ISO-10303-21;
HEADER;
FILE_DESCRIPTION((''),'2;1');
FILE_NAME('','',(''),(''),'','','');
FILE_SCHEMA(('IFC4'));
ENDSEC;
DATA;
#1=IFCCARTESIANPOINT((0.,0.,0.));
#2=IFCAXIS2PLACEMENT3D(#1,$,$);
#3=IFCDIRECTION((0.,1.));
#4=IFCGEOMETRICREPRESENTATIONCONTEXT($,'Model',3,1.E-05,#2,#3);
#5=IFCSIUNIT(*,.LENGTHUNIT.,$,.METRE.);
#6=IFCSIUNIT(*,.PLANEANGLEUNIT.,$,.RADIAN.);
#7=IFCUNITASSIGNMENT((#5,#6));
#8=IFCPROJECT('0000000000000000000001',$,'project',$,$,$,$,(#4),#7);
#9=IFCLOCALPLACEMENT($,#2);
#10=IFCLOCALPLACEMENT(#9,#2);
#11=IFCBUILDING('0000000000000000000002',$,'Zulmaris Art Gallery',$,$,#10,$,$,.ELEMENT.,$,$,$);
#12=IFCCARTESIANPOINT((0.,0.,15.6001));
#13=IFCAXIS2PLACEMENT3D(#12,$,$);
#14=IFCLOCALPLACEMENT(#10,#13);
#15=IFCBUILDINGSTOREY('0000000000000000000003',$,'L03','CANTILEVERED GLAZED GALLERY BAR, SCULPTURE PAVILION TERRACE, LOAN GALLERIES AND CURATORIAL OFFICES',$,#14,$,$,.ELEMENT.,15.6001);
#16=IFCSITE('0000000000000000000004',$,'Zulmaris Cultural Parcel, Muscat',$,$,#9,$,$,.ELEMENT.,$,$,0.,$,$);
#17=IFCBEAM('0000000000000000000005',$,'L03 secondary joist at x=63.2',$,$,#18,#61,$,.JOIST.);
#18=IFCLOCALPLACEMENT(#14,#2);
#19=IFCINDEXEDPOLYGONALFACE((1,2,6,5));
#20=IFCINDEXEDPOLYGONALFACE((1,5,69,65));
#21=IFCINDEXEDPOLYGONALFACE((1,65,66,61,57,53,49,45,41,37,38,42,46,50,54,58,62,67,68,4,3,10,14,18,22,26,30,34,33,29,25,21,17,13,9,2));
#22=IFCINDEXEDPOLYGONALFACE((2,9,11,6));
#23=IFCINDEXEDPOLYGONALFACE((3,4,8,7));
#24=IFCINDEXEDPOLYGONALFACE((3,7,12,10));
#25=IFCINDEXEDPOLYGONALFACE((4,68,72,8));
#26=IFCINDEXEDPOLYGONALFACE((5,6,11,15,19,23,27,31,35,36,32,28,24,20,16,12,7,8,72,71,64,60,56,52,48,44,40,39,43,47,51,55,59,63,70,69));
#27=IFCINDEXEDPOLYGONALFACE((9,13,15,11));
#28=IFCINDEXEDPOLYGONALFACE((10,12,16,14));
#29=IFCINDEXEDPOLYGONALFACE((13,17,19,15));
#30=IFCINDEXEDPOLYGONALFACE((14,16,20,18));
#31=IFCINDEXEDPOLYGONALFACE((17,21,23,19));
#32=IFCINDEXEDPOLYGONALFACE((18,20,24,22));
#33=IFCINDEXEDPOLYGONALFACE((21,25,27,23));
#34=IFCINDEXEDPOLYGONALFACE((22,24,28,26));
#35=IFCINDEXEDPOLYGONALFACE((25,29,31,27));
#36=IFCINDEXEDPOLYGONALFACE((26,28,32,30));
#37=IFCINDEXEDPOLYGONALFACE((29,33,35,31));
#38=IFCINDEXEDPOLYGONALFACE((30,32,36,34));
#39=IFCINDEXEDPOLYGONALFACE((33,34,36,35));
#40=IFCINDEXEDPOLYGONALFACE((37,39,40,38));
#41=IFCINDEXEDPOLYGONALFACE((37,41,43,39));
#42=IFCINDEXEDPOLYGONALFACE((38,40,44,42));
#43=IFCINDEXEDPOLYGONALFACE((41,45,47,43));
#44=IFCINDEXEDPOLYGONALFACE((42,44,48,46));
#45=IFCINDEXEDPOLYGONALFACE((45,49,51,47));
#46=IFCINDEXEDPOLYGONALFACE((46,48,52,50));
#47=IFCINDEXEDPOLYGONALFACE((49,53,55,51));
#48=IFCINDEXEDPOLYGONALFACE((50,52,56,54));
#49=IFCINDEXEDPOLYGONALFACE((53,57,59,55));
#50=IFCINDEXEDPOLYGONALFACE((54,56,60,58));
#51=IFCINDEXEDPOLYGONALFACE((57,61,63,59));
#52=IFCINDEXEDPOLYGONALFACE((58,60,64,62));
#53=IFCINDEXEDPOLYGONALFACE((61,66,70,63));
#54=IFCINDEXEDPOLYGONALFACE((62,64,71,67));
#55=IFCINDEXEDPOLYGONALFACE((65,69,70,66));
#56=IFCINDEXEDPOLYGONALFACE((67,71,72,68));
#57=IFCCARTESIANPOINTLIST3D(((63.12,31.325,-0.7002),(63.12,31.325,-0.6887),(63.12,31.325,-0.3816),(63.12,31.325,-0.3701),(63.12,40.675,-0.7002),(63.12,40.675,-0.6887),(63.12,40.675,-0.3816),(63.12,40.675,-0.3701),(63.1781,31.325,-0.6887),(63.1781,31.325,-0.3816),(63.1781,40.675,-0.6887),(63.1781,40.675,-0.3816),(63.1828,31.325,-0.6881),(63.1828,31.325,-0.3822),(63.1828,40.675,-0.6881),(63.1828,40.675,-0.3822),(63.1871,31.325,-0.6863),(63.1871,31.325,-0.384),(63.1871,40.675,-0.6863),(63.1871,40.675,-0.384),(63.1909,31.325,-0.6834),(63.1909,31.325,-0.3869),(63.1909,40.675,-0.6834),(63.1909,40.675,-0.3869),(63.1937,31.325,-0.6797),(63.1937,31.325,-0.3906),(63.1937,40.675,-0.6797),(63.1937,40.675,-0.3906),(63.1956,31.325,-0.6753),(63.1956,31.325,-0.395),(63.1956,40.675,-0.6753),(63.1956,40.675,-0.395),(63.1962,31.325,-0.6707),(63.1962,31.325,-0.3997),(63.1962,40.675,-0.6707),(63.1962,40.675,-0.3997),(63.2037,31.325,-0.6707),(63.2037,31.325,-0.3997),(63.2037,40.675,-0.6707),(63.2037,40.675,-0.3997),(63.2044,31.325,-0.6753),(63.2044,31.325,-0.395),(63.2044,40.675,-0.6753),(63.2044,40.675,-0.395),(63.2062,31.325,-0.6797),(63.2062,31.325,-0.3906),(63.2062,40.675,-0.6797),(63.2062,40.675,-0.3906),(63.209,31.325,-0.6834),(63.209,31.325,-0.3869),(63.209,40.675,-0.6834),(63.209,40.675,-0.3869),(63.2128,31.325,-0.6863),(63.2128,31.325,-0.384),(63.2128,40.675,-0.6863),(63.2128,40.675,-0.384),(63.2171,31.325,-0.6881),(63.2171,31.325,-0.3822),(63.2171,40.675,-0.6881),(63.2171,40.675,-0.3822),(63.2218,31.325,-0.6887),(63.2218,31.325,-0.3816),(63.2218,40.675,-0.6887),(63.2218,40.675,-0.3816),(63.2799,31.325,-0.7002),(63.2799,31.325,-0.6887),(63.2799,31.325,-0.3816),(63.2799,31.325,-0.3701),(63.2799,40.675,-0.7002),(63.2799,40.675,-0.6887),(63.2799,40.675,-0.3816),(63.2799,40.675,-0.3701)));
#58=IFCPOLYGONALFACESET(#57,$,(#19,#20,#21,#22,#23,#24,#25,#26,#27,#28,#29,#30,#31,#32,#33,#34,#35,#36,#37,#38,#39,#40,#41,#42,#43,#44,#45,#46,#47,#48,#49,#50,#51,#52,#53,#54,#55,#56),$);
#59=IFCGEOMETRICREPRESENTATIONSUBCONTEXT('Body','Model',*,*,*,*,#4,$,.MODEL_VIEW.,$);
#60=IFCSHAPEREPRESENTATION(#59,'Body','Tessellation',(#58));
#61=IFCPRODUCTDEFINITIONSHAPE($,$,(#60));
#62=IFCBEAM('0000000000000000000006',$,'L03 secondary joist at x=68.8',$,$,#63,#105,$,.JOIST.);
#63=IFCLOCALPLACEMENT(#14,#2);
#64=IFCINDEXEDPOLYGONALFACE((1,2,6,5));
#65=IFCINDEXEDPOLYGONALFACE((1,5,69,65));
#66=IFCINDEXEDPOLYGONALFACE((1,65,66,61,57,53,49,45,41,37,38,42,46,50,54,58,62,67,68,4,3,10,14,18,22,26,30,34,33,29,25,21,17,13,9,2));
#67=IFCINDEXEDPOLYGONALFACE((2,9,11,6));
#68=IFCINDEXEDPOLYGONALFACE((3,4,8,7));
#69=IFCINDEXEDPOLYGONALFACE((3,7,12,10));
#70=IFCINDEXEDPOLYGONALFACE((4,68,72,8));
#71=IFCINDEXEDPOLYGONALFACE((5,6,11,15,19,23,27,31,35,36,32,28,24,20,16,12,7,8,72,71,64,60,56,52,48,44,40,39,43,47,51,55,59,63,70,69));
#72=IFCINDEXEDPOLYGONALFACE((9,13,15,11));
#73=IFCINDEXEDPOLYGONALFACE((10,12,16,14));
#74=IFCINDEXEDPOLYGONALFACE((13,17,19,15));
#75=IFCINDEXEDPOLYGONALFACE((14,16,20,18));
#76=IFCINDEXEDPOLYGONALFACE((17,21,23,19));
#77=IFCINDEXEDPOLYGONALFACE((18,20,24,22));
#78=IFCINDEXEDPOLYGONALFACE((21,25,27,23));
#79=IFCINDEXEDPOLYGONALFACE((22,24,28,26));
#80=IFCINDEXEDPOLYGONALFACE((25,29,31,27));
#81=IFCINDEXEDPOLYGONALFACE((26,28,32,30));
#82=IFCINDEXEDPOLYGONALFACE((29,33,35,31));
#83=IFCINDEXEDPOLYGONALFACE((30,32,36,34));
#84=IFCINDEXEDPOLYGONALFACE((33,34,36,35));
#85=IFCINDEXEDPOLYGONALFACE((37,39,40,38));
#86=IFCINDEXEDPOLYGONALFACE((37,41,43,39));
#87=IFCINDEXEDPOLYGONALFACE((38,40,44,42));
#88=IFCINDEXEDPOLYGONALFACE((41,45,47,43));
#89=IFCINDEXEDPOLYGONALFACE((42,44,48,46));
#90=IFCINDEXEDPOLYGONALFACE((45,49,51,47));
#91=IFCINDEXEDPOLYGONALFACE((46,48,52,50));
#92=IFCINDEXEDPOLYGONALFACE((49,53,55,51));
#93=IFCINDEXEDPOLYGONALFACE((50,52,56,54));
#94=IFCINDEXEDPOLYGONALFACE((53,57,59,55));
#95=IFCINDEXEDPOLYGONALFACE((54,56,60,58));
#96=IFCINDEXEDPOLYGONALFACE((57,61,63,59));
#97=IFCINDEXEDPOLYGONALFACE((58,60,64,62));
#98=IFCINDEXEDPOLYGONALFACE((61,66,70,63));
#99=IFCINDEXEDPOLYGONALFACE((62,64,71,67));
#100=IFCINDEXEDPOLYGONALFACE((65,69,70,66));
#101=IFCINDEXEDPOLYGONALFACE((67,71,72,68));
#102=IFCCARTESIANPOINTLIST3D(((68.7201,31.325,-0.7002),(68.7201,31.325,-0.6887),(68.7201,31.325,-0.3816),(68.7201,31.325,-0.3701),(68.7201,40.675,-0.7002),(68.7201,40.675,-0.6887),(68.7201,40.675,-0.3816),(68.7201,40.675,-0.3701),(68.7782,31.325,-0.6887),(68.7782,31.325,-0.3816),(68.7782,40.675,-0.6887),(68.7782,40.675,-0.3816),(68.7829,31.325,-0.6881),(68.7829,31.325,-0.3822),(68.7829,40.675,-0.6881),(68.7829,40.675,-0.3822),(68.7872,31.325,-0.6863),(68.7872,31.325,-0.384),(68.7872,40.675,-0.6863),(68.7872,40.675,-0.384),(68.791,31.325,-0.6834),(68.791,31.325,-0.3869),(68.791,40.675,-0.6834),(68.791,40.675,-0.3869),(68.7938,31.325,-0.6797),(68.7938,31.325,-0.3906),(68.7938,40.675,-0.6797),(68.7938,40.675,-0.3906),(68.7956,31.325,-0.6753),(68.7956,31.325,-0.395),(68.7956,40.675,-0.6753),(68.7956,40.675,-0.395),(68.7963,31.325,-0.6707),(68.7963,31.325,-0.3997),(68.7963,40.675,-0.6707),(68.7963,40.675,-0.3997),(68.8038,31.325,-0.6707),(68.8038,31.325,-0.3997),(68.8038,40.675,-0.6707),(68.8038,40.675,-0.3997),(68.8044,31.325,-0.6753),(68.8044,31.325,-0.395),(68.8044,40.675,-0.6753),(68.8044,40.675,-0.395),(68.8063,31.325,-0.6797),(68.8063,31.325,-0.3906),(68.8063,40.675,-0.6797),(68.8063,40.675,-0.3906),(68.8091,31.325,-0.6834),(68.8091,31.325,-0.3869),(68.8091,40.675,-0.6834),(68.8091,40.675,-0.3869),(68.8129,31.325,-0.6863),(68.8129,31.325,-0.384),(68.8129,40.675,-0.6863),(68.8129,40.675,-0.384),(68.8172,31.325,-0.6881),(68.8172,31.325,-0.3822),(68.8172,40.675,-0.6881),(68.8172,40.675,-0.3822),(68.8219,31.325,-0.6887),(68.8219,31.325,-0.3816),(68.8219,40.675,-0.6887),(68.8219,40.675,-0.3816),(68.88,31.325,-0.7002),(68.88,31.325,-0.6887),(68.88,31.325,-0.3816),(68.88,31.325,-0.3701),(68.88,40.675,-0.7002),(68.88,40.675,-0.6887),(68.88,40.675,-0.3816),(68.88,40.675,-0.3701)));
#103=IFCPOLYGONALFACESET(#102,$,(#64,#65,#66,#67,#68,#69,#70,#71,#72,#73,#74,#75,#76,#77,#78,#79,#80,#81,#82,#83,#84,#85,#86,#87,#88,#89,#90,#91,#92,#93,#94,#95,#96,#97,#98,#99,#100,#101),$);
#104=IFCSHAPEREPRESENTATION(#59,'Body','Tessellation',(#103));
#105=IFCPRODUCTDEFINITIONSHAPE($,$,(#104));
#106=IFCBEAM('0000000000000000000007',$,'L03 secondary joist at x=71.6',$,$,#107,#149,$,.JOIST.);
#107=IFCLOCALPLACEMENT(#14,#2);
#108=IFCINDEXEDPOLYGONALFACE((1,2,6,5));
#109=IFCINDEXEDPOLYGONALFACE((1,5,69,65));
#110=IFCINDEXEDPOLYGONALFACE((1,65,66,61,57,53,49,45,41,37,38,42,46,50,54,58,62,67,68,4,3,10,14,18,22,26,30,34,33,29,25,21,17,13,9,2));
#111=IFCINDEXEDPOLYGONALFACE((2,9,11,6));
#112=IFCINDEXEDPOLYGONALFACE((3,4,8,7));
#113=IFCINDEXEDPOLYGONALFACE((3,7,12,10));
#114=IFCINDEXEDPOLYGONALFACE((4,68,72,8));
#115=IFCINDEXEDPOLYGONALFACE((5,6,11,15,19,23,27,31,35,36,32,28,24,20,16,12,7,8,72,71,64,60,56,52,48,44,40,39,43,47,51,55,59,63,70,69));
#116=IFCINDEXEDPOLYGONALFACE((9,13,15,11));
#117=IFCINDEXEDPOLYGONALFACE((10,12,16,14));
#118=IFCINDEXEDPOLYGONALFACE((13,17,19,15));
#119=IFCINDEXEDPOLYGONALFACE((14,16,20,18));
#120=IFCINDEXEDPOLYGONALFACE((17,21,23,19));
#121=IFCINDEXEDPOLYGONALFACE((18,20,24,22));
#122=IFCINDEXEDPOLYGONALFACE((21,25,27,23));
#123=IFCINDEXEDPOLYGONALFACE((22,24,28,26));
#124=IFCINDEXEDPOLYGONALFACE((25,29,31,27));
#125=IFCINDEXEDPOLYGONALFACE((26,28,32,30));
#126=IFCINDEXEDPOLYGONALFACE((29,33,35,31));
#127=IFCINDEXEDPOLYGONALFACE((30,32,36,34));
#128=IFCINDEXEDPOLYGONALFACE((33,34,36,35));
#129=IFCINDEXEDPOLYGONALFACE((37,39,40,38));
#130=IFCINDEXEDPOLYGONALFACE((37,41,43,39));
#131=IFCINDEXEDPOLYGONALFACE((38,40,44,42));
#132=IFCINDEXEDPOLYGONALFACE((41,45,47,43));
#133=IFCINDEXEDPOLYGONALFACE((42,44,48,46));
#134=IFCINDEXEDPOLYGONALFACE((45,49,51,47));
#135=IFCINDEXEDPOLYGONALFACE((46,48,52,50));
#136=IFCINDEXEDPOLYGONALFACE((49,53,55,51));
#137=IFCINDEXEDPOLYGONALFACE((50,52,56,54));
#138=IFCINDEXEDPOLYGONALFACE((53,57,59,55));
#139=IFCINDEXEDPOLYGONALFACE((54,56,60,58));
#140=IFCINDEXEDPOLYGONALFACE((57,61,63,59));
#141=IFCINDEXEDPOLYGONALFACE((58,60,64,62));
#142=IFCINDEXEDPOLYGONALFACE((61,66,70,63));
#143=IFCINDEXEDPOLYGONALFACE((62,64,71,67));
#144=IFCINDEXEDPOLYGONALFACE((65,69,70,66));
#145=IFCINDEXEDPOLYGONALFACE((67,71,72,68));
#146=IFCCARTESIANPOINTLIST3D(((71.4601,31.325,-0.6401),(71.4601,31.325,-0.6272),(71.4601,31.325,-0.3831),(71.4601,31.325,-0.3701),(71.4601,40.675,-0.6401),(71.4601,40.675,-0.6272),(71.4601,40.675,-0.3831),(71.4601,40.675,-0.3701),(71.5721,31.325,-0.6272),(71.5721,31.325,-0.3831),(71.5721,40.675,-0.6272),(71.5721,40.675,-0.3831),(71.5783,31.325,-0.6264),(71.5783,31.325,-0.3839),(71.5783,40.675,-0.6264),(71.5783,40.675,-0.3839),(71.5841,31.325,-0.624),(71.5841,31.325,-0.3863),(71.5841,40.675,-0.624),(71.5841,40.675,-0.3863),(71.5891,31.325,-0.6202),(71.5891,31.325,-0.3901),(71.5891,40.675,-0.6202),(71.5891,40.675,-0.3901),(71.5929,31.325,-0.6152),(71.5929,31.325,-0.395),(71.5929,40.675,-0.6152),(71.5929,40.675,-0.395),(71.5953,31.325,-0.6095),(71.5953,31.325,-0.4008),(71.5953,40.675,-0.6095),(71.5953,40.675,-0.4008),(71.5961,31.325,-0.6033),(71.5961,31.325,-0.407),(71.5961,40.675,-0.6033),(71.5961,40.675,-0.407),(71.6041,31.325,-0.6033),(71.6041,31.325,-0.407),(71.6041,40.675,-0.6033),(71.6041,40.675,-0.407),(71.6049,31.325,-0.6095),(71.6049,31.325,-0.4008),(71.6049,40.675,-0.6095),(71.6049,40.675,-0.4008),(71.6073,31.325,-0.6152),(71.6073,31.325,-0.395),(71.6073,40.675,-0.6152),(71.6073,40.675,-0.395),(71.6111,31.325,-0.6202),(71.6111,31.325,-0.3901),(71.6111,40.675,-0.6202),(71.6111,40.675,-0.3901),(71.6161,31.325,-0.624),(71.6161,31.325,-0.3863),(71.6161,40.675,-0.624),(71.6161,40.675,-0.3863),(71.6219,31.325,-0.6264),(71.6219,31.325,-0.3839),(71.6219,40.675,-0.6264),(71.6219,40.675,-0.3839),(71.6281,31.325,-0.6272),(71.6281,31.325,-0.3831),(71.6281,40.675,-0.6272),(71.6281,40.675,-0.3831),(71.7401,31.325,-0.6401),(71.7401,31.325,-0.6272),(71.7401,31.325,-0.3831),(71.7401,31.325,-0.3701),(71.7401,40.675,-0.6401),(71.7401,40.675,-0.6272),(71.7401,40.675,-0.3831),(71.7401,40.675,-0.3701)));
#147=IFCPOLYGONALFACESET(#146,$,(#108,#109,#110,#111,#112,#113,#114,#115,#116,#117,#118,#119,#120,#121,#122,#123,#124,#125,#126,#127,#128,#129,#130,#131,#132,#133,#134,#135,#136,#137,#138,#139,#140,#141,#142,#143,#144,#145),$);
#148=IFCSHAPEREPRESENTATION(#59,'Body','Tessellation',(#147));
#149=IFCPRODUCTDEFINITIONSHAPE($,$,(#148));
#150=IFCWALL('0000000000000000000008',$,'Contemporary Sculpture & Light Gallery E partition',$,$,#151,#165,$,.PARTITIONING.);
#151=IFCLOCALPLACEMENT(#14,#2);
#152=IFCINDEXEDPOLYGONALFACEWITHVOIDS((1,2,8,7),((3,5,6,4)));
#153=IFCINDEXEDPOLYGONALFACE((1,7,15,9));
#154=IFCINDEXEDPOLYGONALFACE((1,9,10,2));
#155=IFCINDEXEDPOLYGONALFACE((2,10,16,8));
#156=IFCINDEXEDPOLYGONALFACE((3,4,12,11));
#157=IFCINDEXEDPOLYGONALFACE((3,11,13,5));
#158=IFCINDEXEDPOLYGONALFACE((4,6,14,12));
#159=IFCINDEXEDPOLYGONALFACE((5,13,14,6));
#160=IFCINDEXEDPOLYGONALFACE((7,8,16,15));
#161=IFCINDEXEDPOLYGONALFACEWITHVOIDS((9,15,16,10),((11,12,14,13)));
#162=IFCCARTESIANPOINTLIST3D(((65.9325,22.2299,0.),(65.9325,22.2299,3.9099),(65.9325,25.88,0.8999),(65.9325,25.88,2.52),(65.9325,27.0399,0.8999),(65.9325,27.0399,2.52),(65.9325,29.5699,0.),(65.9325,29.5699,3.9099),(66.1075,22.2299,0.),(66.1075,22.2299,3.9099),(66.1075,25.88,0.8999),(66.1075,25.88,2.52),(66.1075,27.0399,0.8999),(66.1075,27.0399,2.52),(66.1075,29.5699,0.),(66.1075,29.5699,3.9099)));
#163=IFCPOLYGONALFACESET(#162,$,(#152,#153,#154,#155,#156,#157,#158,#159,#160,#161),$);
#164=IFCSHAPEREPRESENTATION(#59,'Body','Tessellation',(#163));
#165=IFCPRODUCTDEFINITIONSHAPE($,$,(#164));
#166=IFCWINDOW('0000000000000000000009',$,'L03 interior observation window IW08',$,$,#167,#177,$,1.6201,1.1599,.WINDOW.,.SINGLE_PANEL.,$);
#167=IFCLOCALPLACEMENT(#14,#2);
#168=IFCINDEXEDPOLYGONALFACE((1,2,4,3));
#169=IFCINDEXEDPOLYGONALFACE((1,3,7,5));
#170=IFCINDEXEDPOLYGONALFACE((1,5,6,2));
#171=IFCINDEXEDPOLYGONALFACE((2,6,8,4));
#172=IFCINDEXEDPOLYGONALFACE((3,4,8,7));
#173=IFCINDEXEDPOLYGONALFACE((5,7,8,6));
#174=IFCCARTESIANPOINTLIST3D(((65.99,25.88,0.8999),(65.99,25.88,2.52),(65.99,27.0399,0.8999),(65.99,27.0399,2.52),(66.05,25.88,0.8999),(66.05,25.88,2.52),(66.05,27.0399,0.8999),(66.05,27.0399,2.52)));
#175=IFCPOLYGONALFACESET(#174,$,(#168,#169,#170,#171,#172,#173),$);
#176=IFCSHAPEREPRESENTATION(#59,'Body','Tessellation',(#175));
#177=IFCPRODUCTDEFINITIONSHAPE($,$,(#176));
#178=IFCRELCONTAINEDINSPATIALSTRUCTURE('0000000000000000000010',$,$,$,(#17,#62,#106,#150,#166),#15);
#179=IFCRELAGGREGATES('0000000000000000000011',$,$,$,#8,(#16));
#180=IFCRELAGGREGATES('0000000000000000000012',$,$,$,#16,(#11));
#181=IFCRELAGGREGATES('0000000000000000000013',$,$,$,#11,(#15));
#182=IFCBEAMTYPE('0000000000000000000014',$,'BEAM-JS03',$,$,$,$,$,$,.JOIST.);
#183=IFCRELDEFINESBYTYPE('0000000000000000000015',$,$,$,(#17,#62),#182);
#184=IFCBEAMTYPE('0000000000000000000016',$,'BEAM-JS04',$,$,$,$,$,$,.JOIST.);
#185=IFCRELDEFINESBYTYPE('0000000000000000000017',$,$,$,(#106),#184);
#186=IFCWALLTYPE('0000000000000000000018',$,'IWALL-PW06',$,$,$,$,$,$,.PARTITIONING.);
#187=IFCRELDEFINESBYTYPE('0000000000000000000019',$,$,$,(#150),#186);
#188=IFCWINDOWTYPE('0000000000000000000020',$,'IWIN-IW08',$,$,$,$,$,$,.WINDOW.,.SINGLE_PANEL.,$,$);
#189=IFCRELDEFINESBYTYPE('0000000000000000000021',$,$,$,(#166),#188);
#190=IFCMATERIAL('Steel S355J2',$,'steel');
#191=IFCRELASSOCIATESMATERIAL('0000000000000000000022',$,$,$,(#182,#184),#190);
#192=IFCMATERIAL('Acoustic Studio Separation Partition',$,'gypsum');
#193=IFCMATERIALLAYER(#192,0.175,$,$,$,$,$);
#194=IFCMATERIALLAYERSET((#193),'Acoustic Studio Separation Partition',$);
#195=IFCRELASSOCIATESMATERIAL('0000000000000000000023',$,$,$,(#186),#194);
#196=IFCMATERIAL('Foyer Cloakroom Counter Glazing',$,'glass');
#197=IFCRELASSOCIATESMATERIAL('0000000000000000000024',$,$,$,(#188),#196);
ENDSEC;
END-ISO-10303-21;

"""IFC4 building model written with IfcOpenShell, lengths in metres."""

from ifc_helpers import new_model, si_unit, direction, frame, frame_2d, origin, origin_2d, place, context, subcontext, project, spatial, rectangle, i_section, extrude, material, layer, layer_set, material_profile, profile_set, type_object, element, fill, save


model = new_model("IFC4")

# Units and contexts
model_context = context("Model", 3, precision=1e-05, world=origin(), true_north=direction((0.0, 1.0)))
body_context = subcontext(model_context, "Body", "Model", "MODEL_VIEW")
ifc_project = project(units=[si_unit("LENGTHUNIT", "METRE"), si_unit("PLANEANGLEUNIT", "RADIAN")], contexts=[model_context])

# Site, building, storey
site_placement = place(None, origin())
site = spatial("IfcSite", under=ifc_project, at=site_placement, Name="Zulmaris Cultural Parcel, Muscat", CompositionType="ELEMENT", RefElevation=0.0)
building_placement = place(site_placement, origin())
building = spatial("IfcBuilding", under=site, at=building_placement, Name="Zulmaris Art Gallery", CompositionType="ELEMENT")
storey_placement = place(building_placement, frame((0.0, 0.0, 15.6001)))
storey = spatial("IfcBuildingStorey", under=building, at=storey_placement, Name="L03", Description="CANTILEVERED GLAZED GALLERY BAR, SCULPTURE PAVILION TERRACE, LOAN GALLERIES AND CURATORIAL OFFICES", CompositionType="ELEMENT", Elevation=15.6001)

# Beams
ifc_material_1 = material(Name="Steel S355J2", Category="steel")
ifc_material_profile_1 = material_profile(ifc_material_1, i_section(OverallWidth=0.1599, OverallDepth=0.3301, WebThickness=0.0076, FlangeThickness=0.0115, FilletRadius=0.0181, at=origin_2d()), Name="IPE 330")
ifc_profile_set_1 = profile_set([ifc_material_profile_1], Name="Steel S355J2")
beam_type_1 = type_object("IfcBeamType", Name="BEAM-JS03", PredefinedType="JOIST", material=ifc_profile_set_1)
for number, where, z_axis, x_axis, name in (
    (1, (63.2, 31.325, -0.5352), (0.0, 1.0, 0.0), (-1.0, 0.0, 0.0), "L03 secondary joist at x=63.2"),
    (2, (68.8, 31.325, -0.5352), (0.0, 1.0, 0.0), (-1.0, 0.0, 0.0), "L03 secondary joist at x=68.8"),
):
    element("IfcBeam", number, at=place(storey_placement, frame(where, z_axis=z_axis, x_axis=x_axis)), inside=storey, type_object=beam_type_1, Name=name, PredefinedType="JOIST", context=body_context, shape_type="SweptSolid", body=[
        extrude(i_section(OverallWidth=0.1599, OverallDepth=0.3301, WebThickness=0.0076, FlangeThickness=0.0115, FilletRadius=0.0181, at=origin_2d()), origin(), (0.0, 0.0, 1.0), 9.3501),
    ])
ifc_material_profile_2 = material_profile(ifc_material_1, i_section(OverallWidth=0.28, OverallDepth=0.27, WebThickness=0.0081, FlangeThickness=0.0129, FilletRadius=0.0239, at=origin_2d()), Name="HEA 280")
ifc_profile_set_2 = profile_set([ifc_material_profile_2], Name="Steel S355J2")
beam_type_2 = type_object("IfcBeamType", Name="BEAM-JS04", PredefinedType="JOIST", material=ifc_profile_set_2)
beam_1_placement = place(storey_placement, frame((71.6001, 31.325, -0.5051), z_axis=(0.0, 1.0, 0.0), x_axis=(-1.0, 0.0, 0.0)))
element("IfcBeam", 3, at=beam_1_placement, inside=storey, type_object=beam_type_2, Name="L03 secondary joist at x=71.6", PredefinedType="JOIST", context=body_context, shape_type="SweptSolid", body=[
    extrude(i_section(OverallWidth=0.28, OverallDepth=0.27, WebThickness=0.0081, FlangeThickness=0.0129, FilletRadius=0.0239, at=origin_2d()), origin(), (0.0, 0.0, 1.0), 9.3501),
])

# Wall, opening, window
ifc_material_2 = material(Name="Acoustic Studio Separation Partition", Category="gypsum")
ifc_layer_1 = layer(ifc_material_2, 0.175)
ifc_layer_set_1 = layer_set([ifc_layer_1], Name="Acoustic Studio Separation Partition")
wall_type_1 = type_object("IfcWallType", Name="IWALL-PW06", PredefinedType="PARTITIONING", material=ifc_layer_set_1)
wall_1_placement = place(storey_placement, frame((66.02, 22.23, 0.0), z_axis=(0.0, 0.0, 1.0), x_axis=(0.0, 1.0, 0.0)))
wall_1 = element("IfcWall", 4, at=wall_1_placement, inside=storey, type_object=wall_type_1, Name="Contemporary Sculpture & Light Gallery E partition", PredefinedType="PARTITIONING", context=body_context, shape_type="SweptSolid", body=[
    extrude(rectangle(XDim=7.3401, YDim=0.175, at=frame_2d((3.6699, 0.0))), origin(), (0.0, 0.0, 1.0), 3.9099),
])
opening_1_placement = place(wall_1_placement, frame((3.6499, 0.0, 0.8999)))
opening_1 = element("IfcOpeningElement", 5, at=opening_1_placement, cuts=wall_1, PredefinedType="OPENING", context=body_context, shape_type="SweptSolid", body=[
    extrude(rectangle(XDim=1.1599, YDim=1.6201, at=frame_2d((0.5801, 0.8101))), frame((0.0, 0.0974, 0.0), z_axis=(0.0, -1.0, 0.0), x_axis=(1.0, 0.0, 0.0)), (0.0, 0.0, 1.0), 0.1951),
])
ifc_material_3 = material(Name="Foyer Cloakroom Counter Glazing", Category="glass")
window_type = type_object("IfcWindowType", Name="IWIN-IW08", PartitioningType="SINGLE_PANEL", PredefinedType="WINDOW", material=ifc_material_3)
window_placement = place(opening_1_placement, origin())
window = element("IfcWindow", 6, at=window_placement, inside=storey, type_object=window_type, Name="L03 interior observation window IW08", OverallHeight=1.6201, OverallWidth=1.1599, PartitioningType="SINGLE_PANEL", PredefinedType="WINDOW", context=body_context, shape_type="SweptSolid", body=[
    extrude(rectangle(XDim=1.1599, YDim=1.6201, at=frame_2d((0.5801, 0.8101))), frame((0.0, 0.03, 0.0), z_axis=(0.0, -1.0, 0.0), x_axis=(1.0, 0.0, 0.0)), (0.0, 0.0, 1.0), 0.0601),
])
fill(opening_1, window)

save(model, "model.ifc")
